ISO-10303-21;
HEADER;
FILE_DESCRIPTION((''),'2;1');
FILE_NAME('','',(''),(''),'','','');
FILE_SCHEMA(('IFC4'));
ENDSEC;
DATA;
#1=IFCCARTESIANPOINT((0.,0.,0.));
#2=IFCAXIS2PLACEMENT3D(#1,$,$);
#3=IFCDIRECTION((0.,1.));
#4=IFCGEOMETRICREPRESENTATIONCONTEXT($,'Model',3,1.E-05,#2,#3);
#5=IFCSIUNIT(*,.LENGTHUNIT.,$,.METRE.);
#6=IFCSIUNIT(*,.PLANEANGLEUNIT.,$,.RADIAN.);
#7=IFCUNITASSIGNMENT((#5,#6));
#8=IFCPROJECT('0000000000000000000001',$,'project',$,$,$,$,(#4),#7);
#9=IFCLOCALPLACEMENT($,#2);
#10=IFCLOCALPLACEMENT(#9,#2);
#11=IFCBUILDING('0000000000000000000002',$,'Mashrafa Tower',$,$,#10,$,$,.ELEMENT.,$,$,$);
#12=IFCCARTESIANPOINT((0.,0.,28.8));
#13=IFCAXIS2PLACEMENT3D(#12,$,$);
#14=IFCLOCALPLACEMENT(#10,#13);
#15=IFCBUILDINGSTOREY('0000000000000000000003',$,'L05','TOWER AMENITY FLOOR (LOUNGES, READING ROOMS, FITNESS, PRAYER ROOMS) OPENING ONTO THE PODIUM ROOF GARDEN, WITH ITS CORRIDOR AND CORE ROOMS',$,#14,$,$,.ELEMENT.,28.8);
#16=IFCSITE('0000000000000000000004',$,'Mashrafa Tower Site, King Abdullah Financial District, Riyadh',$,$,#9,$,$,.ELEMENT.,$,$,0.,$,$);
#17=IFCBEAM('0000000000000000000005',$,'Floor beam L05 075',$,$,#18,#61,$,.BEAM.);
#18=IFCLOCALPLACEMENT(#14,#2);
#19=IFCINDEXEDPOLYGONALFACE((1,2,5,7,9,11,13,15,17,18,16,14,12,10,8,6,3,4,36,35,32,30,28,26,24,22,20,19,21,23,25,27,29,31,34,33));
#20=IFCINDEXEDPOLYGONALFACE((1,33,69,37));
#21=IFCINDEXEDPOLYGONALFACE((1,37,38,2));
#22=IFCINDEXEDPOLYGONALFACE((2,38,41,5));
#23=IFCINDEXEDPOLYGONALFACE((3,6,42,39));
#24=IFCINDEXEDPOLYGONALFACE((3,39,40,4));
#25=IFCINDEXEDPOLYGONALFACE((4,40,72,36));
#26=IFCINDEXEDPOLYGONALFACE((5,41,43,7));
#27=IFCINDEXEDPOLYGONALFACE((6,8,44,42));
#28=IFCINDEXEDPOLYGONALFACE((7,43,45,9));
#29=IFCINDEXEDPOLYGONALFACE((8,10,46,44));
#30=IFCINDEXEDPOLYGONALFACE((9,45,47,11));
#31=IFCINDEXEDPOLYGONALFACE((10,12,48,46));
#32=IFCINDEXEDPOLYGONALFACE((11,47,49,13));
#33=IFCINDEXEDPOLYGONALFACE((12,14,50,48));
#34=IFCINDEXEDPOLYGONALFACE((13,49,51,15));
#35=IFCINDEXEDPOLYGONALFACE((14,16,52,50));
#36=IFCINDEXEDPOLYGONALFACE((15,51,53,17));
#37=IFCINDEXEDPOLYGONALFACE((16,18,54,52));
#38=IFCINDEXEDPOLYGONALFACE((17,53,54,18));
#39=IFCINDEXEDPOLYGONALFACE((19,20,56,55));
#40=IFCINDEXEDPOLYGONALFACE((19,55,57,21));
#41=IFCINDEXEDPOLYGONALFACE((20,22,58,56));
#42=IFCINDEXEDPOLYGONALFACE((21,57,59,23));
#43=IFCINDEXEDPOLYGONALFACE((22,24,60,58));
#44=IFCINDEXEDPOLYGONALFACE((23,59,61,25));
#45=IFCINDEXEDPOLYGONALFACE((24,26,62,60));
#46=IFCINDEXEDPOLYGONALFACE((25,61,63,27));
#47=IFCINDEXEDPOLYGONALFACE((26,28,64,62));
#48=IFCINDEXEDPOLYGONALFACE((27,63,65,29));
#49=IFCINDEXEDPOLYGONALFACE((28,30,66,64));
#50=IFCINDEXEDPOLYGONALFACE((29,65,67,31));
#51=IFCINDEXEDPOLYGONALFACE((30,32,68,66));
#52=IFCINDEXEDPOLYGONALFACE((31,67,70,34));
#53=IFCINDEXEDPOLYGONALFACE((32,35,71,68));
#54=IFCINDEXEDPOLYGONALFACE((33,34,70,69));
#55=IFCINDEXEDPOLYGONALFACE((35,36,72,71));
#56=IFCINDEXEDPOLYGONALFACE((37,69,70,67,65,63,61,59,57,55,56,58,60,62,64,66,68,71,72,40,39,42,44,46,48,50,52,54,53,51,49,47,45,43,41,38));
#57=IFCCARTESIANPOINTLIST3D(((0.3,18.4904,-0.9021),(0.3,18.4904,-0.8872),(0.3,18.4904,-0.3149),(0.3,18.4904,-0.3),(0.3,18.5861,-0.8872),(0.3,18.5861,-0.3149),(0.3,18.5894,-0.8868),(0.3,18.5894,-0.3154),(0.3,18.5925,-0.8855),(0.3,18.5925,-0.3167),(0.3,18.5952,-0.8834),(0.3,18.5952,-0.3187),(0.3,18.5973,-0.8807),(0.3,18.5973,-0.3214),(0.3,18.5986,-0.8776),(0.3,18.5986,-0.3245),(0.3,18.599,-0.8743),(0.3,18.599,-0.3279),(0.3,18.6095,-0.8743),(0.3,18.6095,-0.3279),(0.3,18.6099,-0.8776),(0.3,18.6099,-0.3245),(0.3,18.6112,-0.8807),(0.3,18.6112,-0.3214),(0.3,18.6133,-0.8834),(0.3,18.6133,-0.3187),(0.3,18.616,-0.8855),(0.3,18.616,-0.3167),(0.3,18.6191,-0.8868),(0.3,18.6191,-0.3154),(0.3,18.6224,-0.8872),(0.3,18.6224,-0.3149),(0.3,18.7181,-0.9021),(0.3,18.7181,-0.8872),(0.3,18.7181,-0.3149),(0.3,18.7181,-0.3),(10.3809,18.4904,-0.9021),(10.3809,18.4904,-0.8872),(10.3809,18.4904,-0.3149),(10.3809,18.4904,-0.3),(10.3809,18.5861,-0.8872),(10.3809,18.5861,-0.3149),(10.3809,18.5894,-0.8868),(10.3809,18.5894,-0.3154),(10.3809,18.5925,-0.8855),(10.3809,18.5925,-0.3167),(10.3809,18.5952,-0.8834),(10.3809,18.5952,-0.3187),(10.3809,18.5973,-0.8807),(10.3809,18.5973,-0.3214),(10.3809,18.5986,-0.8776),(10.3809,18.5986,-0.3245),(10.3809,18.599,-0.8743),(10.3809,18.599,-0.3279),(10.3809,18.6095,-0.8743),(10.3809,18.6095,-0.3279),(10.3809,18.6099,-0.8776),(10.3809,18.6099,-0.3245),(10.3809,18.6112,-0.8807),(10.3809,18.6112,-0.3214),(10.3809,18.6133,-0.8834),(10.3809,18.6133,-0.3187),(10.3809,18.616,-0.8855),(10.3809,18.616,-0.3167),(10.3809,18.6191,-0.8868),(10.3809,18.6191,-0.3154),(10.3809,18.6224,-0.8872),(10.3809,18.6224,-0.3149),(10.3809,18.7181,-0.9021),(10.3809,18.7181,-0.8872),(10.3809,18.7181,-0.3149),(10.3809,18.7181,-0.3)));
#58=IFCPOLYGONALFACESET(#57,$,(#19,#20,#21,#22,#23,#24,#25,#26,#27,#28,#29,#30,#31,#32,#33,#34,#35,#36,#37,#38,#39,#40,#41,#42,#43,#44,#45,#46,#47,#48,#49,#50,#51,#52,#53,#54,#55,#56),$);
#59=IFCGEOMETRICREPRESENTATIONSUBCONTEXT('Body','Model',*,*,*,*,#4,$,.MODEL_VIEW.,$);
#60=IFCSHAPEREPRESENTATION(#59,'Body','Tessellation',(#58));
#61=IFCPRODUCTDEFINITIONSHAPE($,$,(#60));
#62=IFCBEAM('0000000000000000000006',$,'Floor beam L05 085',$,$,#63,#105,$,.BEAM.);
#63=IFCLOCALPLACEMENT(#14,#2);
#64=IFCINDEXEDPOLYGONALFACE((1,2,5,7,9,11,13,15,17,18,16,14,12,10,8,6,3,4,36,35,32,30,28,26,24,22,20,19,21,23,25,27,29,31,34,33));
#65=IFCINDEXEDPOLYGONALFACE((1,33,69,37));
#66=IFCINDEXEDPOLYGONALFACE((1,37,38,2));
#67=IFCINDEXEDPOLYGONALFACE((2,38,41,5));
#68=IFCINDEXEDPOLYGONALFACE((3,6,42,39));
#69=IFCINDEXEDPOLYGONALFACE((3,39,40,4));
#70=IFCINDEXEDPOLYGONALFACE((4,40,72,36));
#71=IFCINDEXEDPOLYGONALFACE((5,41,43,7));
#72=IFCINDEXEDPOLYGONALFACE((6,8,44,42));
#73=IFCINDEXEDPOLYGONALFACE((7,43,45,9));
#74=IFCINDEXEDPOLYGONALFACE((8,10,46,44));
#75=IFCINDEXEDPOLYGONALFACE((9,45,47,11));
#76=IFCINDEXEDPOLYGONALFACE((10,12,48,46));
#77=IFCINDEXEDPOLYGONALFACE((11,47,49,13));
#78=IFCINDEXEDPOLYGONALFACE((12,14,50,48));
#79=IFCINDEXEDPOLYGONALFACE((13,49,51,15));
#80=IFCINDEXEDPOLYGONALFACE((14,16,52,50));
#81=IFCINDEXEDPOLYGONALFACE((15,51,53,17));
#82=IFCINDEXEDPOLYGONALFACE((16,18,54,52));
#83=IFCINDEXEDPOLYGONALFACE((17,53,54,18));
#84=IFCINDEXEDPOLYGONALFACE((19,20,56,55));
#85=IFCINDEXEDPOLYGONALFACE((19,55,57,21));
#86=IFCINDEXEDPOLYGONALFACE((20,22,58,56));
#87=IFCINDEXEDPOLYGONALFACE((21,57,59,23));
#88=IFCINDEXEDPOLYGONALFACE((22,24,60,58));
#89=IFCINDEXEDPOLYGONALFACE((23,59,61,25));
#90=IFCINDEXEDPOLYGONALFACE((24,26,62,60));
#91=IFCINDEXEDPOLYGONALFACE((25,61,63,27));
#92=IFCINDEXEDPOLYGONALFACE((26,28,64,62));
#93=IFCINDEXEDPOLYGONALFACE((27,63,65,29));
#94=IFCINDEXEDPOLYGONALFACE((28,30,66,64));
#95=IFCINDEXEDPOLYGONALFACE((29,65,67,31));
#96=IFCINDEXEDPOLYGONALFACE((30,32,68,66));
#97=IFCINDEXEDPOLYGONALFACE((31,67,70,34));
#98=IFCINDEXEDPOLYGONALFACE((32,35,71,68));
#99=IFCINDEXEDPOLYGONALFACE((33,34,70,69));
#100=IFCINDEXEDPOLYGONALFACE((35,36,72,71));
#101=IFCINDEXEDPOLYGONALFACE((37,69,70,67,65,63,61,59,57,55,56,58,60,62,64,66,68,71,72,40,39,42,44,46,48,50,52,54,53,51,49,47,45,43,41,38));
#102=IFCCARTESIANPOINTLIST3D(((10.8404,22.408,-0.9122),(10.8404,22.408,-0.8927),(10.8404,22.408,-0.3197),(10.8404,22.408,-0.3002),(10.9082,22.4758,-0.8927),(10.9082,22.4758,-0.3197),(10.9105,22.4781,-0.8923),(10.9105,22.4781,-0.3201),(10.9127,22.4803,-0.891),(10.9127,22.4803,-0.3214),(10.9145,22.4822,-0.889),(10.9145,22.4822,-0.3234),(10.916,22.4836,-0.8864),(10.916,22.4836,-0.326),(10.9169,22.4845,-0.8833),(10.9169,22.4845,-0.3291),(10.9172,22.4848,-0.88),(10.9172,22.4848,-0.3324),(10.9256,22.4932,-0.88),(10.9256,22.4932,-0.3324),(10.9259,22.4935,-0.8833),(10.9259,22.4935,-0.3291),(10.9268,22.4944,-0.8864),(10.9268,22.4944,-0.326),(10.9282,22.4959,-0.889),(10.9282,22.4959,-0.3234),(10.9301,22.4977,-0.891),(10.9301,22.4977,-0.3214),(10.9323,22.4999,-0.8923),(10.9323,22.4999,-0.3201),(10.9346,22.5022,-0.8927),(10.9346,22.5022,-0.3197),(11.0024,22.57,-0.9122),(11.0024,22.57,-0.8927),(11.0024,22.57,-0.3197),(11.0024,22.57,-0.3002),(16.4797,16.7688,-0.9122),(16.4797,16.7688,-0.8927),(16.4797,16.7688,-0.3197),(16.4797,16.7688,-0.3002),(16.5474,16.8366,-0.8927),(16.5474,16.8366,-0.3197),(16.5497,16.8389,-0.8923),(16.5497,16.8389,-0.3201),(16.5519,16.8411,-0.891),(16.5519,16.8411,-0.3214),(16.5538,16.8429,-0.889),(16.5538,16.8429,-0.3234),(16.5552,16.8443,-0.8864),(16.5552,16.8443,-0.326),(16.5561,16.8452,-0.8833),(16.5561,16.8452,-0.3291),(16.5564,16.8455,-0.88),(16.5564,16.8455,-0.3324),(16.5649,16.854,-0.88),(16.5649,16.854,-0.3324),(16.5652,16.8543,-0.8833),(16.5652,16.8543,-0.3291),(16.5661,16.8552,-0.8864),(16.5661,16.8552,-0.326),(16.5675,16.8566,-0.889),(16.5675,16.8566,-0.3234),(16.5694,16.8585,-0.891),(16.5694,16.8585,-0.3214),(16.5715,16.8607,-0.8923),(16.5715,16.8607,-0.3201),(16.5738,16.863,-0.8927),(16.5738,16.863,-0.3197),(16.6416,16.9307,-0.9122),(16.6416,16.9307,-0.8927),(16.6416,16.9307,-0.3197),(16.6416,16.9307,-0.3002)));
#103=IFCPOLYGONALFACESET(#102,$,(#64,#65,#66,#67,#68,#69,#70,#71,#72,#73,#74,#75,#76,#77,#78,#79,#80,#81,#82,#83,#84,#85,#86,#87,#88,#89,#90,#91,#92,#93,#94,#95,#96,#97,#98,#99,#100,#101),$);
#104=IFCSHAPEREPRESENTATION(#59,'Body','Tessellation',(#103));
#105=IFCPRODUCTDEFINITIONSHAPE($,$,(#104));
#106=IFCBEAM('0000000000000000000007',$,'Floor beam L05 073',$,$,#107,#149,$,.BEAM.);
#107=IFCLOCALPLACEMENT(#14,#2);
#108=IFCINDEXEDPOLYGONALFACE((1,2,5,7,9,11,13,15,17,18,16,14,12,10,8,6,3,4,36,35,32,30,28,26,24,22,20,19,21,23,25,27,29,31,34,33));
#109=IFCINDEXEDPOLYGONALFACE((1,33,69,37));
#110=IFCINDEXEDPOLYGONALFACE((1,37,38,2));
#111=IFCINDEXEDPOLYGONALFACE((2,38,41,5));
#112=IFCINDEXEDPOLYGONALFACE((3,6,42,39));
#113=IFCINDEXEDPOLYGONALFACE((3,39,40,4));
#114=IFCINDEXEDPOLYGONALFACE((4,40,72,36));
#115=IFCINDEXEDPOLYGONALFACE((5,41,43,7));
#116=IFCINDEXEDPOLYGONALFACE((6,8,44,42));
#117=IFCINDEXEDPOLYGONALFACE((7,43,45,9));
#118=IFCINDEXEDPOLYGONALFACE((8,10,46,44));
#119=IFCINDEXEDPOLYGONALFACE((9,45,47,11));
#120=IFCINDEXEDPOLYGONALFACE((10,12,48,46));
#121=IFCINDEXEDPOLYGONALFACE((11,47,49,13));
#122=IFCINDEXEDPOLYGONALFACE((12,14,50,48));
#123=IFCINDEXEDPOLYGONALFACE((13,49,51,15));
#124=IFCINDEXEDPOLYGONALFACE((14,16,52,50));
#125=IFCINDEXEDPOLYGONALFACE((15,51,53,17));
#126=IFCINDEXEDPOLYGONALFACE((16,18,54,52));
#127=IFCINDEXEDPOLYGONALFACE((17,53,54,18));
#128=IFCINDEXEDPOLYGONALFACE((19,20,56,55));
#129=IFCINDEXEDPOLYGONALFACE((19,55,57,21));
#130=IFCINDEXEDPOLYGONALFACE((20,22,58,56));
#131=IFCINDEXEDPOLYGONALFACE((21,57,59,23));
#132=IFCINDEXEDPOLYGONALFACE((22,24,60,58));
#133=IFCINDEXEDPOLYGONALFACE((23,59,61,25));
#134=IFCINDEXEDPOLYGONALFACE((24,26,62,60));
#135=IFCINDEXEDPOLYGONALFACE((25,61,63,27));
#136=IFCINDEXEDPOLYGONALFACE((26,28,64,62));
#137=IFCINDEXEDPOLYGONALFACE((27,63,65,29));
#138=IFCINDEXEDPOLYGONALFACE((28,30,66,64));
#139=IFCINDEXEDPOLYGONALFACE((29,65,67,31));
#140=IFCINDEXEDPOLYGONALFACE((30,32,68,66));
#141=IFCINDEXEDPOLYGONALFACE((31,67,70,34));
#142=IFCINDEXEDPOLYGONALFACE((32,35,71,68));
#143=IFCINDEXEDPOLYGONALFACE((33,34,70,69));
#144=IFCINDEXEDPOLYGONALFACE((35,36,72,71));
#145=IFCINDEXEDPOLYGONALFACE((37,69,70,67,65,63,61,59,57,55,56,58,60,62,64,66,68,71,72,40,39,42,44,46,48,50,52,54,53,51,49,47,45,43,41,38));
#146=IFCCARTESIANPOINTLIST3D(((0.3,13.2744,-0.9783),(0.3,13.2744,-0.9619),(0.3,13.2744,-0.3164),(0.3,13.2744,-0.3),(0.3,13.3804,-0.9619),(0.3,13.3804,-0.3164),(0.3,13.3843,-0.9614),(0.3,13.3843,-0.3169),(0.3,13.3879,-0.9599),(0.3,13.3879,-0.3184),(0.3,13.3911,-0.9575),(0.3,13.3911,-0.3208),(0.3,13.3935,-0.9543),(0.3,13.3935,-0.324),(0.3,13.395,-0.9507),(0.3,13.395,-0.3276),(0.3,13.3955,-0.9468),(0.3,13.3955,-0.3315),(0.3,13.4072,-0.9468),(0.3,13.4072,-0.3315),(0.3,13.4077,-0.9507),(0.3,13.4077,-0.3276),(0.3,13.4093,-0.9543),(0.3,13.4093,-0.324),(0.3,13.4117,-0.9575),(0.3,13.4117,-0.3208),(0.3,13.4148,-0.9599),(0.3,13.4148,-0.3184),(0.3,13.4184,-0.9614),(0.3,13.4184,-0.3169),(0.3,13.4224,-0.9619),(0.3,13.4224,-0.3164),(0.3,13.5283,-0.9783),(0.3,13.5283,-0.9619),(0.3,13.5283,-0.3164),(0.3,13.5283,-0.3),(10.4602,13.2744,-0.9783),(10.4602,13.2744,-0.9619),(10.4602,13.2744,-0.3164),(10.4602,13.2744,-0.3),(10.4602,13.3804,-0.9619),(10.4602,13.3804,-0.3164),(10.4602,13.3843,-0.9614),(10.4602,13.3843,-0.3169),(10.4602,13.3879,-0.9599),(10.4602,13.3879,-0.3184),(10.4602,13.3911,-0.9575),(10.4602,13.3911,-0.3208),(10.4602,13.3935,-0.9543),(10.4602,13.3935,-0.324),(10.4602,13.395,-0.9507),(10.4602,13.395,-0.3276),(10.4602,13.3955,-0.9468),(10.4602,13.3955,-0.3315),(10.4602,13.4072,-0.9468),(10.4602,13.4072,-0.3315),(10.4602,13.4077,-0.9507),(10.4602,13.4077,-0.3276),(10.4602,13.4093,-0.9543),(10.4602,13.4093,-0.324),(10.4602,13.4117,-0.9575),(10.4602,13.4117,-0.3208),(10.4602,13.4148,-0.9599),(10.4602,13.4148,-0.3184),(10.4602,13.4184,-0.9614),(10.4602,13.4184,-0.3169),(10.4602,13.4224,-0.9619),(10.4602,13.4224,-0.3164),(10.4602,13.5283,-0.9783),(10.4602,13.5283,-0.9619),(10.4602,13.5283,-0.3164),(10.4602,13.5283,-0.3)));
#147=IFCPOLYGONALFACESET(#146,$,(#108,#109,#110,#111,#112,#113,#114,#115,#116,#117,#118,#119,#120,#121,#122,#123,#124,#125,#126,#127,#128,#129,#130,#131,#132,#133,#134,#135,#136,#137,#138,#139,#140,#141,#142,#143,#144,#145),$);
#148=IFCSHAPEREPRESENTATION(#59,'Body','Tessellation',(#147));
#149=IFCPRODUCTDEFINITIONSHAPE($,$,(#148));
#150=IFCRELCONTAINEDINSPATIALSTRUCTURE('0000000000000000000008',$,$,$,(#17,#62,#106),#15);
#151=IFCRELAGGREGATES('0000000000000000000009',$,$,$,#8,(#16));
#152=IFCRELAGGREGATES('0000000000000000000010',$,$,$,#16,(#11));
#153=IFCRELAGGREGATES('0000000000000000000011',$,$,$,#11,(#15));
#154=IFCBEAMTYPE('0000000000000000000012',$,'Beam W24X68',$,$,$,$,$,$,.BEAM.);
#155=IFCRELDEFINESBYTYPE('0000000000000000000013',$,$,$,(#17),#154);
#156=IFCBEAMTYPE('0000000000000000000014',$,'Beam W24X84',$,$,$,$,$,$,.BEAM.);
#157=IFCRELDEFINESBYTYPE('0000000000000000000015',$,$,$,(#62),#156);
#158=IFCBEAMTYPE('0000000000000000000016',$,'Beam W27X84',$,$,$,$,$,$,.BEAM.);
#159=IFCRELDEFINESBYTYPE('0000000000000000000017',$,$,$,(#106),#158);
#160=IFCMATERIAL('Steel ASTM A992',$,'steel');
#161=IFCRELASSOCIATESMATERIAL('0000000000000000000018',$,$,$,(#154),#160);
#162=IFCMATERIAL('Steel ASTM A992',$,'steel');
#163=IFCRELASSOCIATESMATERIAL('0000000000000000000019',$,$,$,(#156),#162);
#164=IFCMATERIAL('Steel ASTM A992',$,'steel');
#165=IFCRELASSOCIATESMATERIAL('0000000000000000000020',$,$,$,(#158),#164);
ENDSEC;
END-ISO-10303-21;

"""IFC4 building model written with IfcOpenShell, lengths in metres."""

from ifc_helpers import new_model, si_unit, direction, frame, origin, origin_2d, place, context, subcontext, project, spatial, i_section, extrude, material, material_profile, profile_set, type_object, element, save


model = new_model("IFC4")

# Units and contexts
model_context = context("Model", 3, precision=1e-05, world=origin(), true_north=direction((0.0, 1.0)))
body_context = subcontext(model_context, "Body", "Model", "MODEL_VIEW")
ifc_project = project(units=[si_unit("LENGTHUNIT", "METRE"), si_unit("PLANEANGLEUNIT", "RADIAN")], contexts=[model_context])

# Site, building, storey
site_placement = place(None, origin())
site = spatial("IfcSite", under=ifc_project, at=site_placement, Name="Mashrafa Tower Site, King Abdullah Financial District, Riyadh", CompositionType="ELEMENT", RefElevation=0.0)
building_placement = place(site_placement, origin())
building = spatial("IfcBuilding", under=site, at=building_placement, Name="Mashrafa Tower", CompositionType="ELEMENT")
storey_placement = place(building_placement, frame((0.0, 0.0, 28.8)))
storey = spatial("IfcBuildingStorey", under=building, at=storey_placement, Name="L05", Description="TOWER AMENITY FLOOR (LOUNGES, READING ROOMS, FITNESS, PRAYER ROOMS) OPENING ONTO THE PODIUM ROOF GARDEN, WITH ITS CORRIDOR AND CORE ROOMS", CompositionType="ELEMENT", Elevation=28.8)

# Beams
ifc_material_1 = material(Name="Steel ASTM A992", Category="steel")
ifc_material_profile_1 = material_profile(ifc_material_1, i_section(OverallWidth=0.2278, OverallDepth=0.6021, WebThickness=0.0105, FlangeThickness=0.0149, FilletRadius=0.0129, at=origin_2d()), Name="W24X68")
ifc_profile_set_1 = profile_set([ifc_material_profile_1], Name="Steel ASTM A992")
beam_type_1 = type_object("IfcBeamType", Name="Beam W24X68", PredefinedType="BEAM", material=ifc_profile_set_1)
beam_1_placement = place(storey_placement, frame((0.3, 18.6042, -0.6011), z_axis=(1.0, 0.0, 0.0), x_axis=(0.0, 1.0, 0.0)))
element("IfcBeam", 1, at=beam_1_placement, inside=storey, type_object=beam_type_1, Name="Floor beam L05 075", PredefinedType="BEAM", context=body_context, shape_type="SweptSolid", body=[
    extrude(i_section(OverallWidth=0.2278, OverallDepth=0.6021, WebThickness=0.0105, FlangeThickness=0.0149, FilletRadius=0.0129, at=origin_2d()), origin(), (0.0, 0.0, 1.0), 10.0808),
])
ifc_material_2 = material(Name="Steel ASTM A992", Category="steel")
ifc_material_profile_2 = material_profile(ifc_material_2, i_section(OverallWidth=0.229, OverallDepth=0.6121, WebThickness=0.012, FlangeThickness=0.0195, FilletRadius=0.0127, at=origin_2d()), Name="W24X84")
ifc_profile_set_2 = profile_set([ifc_material_profile_2], Name="Steel ASTM A992")
beam_type_2 = type_object("IfcBeamType", Name="Beam W24X84", PredefinedType="BEAM", material=ifc_profile_set_2)
beam_2_placement = place(storey_placement, frame((10.9214, 22.489, -0.6062), z_axis=(0.707107, -0.707107, 0.0), x_axis=(0.707107, 0.707107, 0.0)))
element("IfcBeam", 2, at=beam_2_placement, inside=storey, type_object=beam_type_2, Name="Floor beam L05 085", PredefinedType="BEAM", context=body_context, shape_type="SweptSolid", body=[
    extrude(i_section(OverallWidth=0.229, OverallDepth=0.6121, WebThickness=0.012, FlangeThickness=0.0195, FilletRadius=0.0127, at=origin_2d()), origin(), (0.0, 0.0, 1.0), 7.9751),
])
ifc_material_3 = material(Name="Steel ASTM A992", Category="steel")
ifc_material_profile_3 = material_profile(ifc_material_3, i_section(OverallWidth=0.2539, OverallDepth=0.6782, WebThickness=0.0117, FlangeThickness=0.0164, FilletRadius=0.0151, at=origin_2d()), Name="W27X84")
ifc_profile_set_3 = profile_set([ifc_material_profile_3], Name="Steel ASTM A992")
beam_type_3 = type_object("IfcBeamType", Name="Beam W27X84", PredefinedType="BEAM", material=ifc_profile_set_3)
beam_3_placement = place(storey_placement, frame((0.3, 13.4014, -0.6392), z_axis=(1.0, 0.0, 0.0), x_axis=(0.0, 1.0, 0.0)))
element("IfcBeam", 3, at=beam_3_placement, inside=storey, type_object=beam_type_3, Name="Floor beam L05 073", PredefinedType="BEAM", context=body_context, shape_type="SweptSolid", body=[
    extrude(i_section(OverallWidth=0.2539, OverallDepth=0.6782, WebThickness=0.0117, FlangeThickness=0.0164, FilletRadius=0.0151, at=origin_2d()), origin(), (0.0, 0.0, 1.0), 10.1602),
])

save(model, "model.ifc")
